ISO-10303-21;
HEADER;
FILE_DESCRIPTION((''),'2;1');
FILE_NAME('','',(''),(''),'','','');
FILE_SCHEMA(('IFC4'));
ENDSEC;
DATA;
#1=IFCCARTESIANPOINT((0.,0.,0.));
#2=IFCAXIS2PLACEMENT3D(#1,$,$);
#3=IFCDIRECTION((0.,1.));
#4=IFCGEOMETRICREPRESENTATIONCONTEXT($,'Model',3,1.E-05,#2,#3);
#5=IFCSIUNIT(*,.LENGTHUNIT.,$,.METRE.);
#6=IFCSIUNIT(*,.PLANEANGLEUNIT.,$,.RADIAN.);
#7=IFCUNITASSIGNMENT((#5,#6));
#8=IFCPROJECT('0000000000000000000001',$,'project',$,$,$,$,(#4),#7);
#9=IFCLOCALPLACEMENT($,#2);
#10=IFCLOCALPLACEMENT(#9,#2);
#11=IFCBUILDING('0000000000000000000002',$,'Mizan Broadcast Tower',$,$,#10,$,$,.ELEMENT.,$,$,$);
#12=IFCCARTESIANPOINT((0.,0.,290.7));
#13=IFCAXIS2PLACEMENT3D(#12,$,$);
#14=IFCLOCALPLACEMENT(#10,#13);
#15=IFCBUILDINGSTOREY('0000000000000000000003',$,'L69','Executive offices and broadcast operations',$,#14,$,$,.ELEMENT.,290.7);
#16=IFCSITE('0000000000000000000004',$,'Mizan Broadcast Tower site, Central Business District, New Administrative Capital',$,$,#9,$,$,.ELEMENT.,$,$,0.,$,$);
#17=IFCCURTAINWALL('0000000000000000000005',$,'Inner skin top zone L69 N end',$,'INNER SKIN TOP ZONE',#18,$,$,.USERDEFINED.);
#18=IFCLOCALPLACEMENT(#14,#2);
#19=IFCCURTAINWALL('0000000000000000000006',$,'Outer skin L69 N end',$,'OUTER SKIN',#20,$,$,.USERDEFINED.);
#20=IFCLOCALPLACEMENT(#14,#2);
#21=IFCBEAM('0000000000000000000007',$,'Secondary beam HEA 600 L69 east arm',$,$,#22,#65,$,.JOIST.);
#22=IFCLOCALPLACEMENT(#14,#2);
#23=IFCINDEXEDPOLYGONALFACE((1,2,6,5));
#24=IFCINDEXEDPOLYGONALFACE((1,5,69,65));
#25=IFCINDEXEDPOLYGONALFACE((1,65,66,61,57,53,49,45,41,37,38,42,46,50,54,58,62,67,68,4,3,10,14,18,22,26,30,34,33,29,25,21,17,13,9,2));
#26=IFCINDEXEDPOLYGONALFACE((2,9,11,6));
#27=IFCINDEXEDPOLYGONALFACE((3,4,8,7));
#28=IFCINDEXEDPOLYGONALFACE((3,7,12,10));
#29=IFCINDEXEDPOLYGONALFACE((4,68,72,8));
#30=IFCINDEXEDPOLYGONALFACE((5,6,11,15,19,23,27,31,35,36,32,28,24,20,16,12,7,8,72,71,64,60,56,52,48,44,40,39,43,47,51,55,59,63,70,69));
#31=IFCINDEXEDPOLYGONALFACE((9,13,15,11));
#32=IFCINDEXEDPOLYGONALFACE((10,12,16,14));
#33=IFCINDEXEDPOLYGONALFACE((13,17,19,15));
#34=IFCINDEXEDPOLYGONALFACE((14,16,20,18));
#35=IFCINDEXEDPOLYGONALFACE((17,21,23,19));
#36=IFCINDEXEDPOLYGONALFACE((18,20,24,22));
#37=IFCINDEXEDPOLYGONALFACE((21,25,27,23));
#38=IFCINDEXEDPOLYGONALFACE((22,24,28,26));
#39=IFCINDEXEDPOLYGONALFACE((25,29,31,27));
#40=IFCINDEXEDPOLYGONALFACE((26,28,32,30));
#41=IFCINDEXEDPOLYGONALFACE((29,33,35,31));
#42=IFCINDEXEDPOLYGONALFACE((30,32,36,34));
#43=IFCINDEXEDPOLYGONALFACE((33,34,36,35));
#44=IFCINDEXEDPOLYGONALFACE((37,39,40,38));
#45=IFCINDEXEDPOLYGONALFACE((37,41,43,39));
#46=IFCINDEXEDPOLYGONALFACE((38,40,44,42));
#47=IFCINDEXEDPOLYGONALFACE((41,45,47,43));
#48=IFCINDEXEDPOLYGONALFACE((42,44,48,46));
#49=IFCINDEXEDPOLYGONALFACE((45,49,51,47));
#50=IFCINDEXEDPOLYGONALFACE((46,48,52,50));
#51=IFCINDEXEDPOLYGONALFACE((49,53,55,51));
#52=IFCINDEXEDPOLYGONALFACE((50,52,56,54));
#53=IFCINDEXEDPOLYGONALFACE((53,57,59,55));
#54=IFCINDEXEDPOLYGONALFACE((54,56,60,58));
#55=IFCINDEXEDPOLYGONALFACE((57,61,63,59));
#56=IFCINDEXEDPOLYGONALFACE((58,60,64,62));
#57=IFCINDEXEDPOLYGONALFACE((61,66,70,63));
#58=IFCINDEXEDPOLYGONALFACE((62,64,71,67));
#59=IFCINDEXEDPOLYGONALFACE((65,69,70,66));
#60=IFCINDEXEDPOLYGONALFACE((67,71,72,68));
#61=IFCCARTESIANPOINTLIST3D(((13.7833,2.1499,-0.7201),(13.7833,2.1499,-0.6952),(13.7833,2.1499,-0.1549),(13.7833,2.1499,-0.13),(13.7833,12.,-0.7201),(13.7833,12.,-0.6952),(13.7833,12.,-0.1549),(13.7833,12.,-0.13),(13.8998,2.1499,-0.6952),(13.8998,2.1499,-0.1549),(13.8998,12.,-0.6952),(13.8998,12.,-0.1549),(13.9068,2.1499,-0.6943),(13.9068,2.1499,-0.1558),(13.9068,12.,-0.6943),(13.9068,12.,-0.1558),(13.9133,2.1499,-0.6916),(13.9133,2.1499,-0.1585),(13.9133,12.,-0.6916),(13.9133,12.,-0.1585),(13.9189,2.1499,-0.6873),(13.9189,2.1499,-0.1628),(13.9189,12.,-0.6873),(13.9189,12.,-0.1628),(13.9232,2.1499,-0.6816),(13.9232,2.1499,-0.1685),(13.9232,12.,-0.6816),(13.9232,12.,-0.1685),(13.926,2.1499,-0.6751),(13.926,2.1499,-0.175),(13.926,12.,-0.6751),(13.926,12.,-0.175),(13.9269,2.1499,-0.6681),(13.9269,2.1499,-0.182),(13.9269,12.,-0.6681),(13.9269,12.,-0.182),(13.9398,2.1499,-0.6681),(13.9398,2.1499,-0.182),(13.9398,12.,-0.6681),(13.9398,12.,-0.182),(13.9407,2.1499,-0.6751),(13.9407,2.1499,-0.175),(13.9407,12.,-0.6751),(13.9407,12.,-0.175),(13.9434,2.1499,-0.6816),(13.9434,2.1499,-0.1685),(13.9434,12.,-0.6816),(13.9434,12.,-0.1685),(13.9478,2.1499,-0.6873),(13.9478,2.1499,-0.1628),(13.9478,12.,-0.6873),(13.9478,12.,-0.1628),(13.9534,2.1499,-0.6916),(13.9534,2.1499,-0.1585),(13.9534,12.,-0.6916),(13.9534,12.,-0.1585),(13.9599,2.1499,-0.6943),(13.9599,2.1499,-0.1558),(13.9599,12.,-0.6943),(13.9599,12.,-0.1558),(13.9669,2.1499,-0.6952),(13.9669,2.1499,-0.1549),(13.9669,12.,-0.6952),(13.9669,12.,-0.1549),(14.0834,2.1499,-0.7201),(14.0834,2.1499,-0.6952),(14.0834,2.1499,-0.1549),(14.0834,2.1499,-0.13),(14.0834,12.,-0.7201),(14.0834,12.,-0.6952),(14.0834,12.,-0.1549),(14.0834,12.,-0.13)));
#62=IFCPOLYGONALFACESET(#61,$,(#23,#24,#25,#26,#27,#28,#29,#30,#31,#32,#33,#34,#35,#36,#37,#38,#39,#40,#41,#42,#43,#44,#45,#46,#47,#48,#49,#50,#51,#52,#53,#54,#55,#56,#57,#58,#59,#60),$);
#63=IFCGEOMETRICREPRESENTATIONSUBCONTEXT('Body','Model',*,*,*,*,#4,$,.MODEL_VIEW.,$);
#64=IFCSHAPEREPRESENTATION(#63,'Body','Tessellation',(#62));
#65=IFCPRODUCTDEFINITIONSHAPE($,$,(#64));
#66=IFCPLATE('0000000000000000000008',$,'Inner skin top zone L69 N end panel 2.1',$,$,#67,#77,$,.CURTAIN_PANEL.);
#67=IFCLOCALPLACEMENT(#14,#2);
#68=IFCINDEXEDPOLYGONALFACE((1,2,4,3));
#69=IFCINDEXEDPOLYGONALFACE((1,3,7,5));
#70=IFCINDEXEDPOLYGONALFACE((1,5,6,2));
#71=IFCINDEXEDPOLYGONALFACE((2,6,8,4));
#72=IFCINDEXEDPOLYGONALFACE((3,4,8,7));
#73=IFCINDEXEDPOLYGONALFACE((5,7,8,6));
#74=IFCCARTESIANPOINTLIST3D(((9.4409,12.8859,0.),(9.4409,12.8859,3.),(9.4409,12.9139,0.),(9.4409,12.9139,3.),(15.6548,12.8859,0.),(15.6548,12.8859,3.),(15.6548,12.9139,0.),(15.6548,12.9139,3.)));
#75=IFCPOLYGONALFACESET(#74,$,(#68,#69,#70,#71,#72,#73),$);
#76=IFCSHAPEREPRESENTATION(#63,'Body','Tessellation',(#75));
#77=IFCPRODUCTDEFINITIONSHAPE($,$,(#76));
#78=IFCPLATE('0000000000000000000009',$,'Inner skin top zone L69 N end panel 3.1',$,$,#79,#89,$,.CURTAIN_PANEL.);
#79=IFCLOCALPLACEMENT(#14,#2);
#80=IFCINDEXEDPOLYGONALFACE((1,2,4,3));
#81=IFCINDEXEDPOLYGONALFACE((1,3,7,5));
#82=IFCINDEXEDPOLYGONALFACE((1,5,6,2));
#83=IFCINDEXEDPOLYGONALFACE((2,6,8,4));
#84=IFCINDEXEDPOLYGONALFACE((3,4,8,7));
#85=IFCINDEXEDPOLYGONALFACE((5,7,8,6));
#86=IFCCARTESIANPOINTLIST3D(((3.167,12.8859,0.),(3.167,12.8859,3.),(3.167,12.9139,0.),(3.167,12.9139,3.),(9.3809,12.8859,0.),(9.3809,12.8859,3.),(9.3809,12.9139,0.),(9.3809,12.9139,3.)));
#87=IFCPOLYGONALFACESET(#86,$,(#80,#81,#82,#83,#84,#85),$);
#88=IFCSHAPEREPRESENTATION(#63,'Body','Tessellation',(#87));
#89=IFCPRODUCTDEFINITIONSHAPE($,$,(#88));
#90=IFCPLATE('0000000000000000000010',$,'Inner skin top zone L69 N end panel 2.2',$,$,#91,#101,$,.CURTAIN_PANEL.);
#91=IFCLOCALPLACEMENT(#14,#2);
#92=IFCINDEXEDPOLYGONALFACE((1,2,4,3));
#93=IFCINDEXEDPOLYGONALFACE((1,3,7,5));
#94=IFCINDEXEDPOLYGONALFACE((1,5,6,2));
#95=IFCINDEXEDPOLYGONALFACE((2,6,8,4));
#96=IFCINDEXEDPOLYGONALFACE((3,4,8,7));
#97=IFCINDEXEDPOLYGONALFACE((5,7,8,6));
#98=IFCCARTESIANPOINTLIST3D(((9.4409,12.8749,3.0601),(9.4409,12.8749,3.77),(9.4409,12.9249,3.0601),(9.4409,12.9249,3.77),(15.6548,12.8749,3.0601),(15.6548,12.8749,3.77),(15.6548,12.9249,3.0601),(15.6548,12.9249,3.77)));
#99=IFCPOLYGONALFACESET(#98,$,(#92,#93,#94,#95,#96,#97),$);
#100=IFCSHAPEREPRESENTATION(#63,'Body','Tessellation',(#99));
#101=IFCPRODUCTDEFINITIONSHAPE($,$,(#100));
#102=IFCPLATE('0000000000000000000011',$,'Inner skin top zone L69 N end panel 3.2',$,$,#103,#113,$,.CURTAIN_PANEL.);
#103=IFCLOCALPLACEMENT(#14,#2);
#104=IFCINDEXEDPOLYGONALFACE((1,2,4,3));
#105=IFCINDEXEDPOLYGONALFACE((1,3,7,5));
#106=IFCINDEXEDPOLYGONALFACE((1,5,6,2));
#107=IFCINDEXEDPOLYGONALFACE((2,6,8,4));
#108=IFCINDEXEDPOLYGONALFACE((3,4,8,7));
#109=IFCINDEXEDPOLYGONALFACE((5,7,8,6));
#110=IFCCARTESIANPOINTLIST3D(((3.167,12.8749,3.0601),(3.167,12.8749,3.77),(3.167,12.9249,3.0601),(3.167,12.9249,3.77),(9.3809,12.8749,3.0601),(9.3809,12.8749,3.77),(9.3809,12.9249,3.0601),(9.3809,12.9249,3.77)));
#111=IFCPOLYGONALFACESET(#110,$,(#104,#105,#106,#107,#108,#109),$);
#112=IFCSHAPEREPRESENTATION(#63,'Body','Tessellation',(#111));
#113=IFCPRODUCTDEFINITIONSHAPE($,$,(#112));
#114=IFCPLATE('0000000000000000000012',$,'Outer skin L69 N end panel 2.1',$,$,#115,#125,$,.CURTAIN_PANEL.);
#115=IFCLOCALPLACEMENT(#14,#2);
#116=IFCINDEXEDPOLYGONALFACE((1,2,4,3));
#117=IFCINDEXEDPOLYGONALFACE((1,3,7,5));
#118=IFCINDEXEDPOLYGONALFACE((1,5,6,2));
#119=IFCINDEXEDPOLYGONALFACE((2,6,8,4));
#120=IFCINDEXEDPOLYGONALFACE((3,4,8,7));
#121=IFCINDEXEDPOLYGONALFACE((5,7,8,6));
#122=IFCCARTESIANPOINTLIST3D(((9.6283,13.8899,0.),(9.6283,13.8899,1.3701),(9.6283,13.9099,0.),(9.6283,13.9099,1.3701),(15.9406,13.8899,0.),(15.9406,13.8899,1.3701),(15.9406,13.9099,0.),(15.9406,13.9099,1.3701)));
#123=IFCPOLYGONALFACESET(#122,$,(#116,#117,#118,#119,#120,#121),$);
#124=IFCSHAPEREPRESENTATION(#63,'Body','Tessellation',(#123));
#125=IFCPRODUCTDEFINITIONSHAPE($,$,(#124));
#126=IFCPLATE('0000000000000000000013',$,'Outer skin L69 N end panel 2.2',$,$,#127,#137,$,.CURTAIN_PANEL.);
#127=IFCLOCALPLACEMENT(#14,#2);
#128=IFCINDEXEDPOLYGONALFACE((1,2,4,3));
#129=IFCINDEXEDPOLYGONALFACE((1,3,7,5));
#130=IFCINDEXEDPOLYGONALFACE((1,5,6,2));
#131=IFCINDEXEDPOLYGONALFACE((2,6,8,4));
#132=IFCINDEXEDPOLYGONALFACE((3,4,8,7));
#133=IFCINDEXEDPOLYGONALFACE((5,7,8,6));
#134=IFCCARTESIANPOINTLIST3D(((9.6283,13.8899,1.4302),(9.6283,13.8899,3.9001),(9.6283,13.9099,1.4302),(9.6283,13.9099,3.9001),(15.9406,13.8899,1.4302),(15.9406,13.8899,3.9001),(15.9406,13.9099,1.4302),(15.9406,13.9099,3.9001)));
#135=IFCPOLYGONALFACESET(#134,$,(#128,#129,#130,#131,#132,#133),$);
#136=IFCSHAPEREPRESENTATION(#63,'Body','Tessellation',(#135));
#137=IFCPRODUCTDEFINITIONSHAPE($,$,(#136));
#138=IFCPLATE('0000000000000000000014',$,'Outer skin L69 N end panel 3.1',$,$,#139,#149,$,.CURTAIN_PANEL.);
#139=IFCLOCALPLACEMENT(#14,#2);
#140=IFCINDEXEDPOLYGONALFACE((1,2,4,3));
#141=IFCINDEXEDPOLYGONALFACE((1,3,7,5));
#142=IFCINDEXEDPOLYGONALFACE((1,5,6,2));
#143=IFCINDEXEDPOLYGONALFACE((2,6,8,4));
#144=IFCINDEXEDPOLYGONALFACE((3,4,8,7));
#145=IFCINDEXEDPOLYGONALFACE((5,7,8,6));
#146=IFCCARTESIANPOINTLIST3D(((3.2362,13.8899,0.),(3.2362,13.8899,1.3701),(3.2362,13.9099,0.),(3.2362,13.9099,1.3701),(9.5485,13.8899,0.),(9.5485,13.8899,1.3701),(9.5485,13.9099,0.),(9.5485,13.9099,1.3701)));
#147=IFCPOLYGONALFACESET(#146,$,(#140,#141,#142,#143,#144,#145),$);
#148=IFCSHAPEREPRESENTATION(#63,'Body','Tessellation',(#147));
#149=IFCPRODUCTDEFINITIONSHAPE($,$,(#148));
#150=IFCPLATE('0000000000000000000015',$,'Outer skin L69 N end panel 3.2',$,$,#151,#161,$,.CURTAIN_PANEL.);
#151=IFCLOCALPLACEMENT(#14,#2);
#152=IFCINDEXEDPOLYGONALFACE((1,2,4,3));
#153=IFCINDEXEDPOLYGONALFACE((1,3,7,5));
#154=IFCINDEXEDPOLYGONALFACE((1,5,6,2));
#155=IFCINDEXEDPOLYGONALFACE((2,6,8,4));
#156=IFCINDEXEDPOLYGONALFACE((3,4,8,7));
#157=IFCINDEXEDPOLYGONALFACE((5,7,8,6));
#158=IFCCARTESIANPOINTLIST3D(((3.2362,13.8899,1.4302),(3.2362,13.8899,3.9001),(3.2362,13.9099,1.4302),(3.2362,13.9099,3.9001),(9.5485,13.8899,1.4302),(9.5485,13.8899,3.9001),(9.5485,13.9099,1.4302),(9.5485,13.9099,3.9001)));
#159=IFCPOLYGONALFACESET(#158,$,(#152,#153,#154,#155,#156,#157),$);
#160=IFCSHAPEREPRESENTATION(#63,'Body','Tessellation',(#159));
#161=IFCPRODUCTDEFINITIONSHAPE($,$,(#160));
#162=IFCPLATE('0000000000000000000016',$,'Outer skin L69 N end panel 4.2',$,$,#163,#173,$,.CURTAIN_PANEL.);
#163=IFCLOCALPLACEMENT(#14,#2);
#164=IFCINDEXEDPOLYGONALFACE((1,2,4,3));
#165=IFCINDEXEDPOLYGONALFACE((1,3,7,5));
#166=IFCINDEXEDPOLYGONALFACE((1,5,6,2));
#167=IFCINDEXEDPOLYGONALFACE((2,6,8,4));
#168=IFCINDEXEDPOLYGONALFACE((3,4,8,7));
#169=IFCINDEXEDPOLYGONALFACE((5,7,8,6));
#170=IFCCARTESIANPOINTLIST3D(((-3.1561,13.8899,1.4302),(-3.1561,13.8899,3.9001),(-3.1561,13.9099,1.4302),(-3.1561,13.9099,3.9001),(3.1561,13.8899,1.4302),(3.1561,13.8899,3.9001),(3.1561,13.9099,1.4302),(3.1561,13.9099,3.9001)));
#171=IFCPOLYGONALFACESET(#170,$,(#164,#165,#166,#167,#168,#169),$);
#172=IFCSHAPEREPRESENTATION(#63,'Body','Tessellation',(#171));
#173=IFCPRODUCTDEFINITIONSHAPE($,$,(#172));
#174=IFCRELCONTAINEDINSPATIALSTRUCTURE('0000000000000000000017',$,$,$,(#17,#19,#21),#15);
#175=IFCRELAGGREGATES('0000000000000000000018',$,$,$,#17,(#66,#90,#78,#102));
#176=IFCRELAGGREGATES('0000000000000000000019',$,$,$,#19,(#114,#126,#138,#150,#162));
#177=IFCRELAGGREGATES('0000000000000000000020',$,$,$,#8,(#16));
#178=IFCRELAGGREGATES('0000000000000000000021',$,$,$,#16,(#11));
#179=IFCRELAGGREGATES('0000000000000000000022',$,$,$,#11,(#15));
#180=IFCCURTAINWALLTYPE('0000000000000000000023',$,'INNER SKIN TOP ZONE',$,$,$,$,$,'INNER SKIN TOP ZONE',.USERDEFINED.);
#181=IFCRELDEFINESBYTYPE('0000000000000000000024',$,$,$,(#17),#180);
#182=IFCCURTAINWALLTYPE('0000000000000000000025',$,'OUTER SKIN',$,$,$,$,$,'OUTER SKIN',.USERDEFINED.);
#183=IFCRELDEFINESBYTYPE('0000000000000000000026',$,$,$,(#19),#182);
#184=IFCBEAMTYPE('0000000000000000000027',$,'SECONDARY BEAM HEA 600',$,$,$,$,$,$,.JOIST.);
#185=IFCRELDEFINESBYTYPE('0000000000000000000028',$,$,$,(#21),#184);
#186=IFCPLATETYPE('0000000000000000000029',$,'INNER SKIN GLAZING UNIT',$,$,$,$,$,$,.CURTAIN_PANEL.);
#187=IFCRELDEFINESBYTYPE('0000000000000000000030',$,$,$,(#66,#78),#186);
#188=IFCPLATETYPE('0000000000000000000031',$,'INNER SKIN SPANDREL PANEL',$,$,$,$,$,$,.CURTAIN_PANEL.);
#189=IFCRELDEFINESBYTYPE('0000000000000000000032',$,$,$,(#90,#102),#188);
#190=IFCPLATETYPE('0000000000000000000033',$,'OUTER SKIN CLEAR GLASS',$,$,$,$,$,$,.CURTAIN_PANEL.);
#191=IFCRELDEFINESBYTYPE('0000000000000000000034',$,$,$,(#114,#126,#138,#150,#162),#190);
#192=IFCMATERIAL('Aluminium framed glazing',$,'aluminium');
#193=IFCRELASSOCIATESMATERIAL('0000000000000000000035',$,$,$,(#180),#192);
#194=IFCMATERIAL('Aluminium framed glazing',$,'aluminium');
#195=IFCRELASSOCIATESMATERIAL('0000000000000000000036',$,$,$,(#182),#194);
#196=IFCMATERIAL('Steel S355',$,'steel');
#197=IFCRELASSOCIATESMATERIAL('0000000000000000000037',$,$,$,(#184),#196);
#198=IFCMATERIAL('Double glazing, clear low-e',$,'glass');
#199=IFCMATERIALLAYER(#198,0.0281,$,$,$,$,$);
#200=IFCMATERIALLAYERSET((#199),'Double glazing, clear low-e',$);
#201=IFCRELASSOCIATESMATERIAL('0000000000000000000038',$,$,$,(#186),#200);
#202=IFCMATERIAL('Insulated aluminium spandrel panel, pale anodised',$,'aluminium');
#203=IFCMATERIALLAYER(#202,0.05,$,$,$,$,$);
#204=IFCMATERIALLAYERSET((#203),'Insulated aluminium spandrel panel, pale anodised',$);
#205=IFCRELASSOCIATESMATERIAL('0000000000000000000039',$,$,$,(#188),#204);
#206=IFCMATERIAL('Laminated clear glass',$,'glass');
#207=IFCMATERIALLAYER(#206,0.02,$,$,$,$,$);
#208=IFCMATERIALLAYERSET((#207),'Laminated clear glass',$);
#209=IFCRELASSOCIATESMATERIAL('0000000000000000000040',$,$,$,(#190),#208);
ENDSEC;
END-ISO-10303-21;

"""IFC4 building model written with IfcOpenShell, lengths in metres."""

from ifc_helpers import new_model, si_unit, direction, frame, origin, origin_2d, place, context, subcontext, project, spatial, rectangle, i_section, extrude, material, layer, layer_set, material_profile, profile_set, type_object, element, aggregate, save


model = new_model("IFC4")

# Units and contexts
model_context = context("Model", 3, precision=1e-05, world=origin(), true_north=direction((0.0, 1.0)))
body_context = subcontext(model_context, "Body", "Model", "MODEL_VIEW")
ifc_project = project(units=[si_unit("LENGTHUNIT", "METRE"), si_unit("PLANEANGLEUNIT", "RADIAN")], contexts=[model_context])

# Site, building, storey
site_placement = place(None, origin())
site = spatial("IfcSite", under=ifc_project, at=site_placement, Name="Mizan Broadcast Tower site, Central Business District, New Administrative Capital", CompositionType="ELEMENT", RefElevation=0.0)
building_placement = place(site_placement, origin())
building = spatial("IfcBuilding", under=site, at=building_placement, Name="Mizan Broadcast Tower", CompositionType="ELEMENT")
storey_placement = place(building_placement, frame((0.0, 0.0, 290.7)))
storey = spatial("IfcBuildingStorey", under=building, at=storey_placement, Name="L69", Description="Executive offices and broadcast operations", CompositionType="ELEMENT", Elevation=290.7)

# Curtain walls
ifc_material_1 = material(Name="Aluminium framed glazing", Category="aluminium")
curtain_wall_type_1 = type_object("IfcCurtainWallType", Name="INNER SKIN TOP ZONE", ElementType="INNER SKIN TOP ZONE", PredefinedType="USERDEFINED", material=ifc_material_1)
curtain_wall_1_placement = place(storey_placement, origin())
curtain_wall_1 = element("IfcCurtainWall", 1, at=curtain_wall_1_placement, inside=storey, type_object=curtain_wall_type_1, Name="Inner skin top zone L69 N end", ObjectType="INNER SKIN TOP ZONE", PredefinedType="USERDEFINED")
ifc_material_2 = material(Name="Aluminium framed glazing", Category="aluminium")
curtain_wall_type_2 = type_object("IfcCurtainWallType", Name="OUTER SKIN", ElementType="OUTER SKIN", PredefinedType="USERDEFINED", material=ifc_material_2)
curtain_wall_2_placement = place(storey_placement, origin())
curtain_wall_2 = element("IfcCurtainWall", 2, at=curtain_wall_2_placement, inside=storey, type_object=curtain_wall_type_2, Name="Outer skin L69 N end", ObjectType="OUTER SKIN", PredefinedType="USERDEFINED")

# Beam
ifc_material_3 = material(Name="Steel S355", Category="steel")
ifc_material_profile_1 = material_profile(ifc_material_3, i_section(OverallWidth=0.3, OverallDepth=0.5901, WebThickness=0.0129, FlangeThickness=0.0249, FilletRadius=0.0271, at=origin_2d()), Name="HEA 600")
ifc_profile_set_1 = profile_set([ifc_material_profile_1], Name="Steel S355")
beam_type_1 = type_object("IfcBeamType", Name="SECONDARY BEAM HEA 600", PredefinedType="JOIST", material=ifc_profile_set_1)
beam_1_placement = place(storey_placement, frame((13.9333, 12.0, -0.425), z_axis=(0.0, -1.0, 0.0), x_axis=(1.0, 0.0, 0.0)))
element("IfcBeam", 3, at=beam_1_placement, inside=storey, type_object=beam_type_1, Name="Secondary beam HEA 600 L69 east arm", PredefinedType="JOIST", context=body_context, shape_type="SweptSolid", body=[
    extrude(i_section(OverallWidth=0.3, OverallDepth=0.5901, WebThickness=0.0129, FlangeThickness=0.0249, FilletRadius=0.0271, at=origin_2d()), origin(), (0.0, 0.0, 1.0), 9.8501),
])

# Plates
ifc_material_4 = material(Name="Double glazing, clear low-e", Category="glass")
ifc_layer_1 = layer(ifc_material_4, 0.0281)
ifc_layer_set_1 = layer_set([ifc_layer_1], Name="Double glazing, clear low-e")
plate_type_1 = type_object("IfcPlateType", Name="INNER SKIN GLAZING UNIT", PredefinedType="CURTAIN_PANEL", material=ifc_layer_set_1)
plate_1_placement = place(storey_placement, frame((12.5479, 12.8999, 0.0), z_axis=(0.0, 0.0, 1.0), x_axis=(-1.0, 0.0, 0.0)))
plate_1 = element("IfcPlate", 4, at=plate_1_placement, type_object=plate_type_1, Name="Inner skin top zone L69 N end panel 2.1", PredefinedType="CURTAIN_PANEL", context=body_context, shape_type="SweptSolid", body=[
    extrude(rectangle(XDim=6.2139, YDim=0.0281, at=origin_2d()), origin(), (0.0, 0.0, 1.0), 3.0),
])
plate_2_placement = place(storey_placement, frame((6.2739, 12.8999, 0.0), z_axis=(0.0, 0.0, 1.0), x_axis=(-1.0, 0.0, 0.0)))
plate_2 = element("IfcPlate", 5, at=plate_2_placement, type_object=plate_type_1, Name="Inner skin top zone L69 N end panel 3.1", PredefinedType="CURTAIN_PANEL", context=body_context, shape_type="SweptSolid", body=[
    extrude(rectangle(XDim=6.2139, YDim=0.0281, at=origin_2d()), origin(), (0.0, 0.0, 1.0), 3.0),
])
ifc_material_5 = material(Name="Insulated aluminium spandrel panel, pale anodised", Category="aluminium")
ifc_layer_2 = layer(ifc_material_5, 0.05)
ifc_layer_set_2 = layer_set([ifc_layer_2], Name="Insulated aluminium spandrel panel, pale anodised")
plate_type_2 = type_object("IfcPlateType", Name="INNER SKIN SPANDREL PANEL", PredefinedType="CURTAIN_PANEL", material=ifc_layer_set_2)
plate_3_placement = place(storey_placement, frame((12.5479, 12.8999, 3.0601), z_axis=(0.0, 0.0, 1.0), x_axis=(-1.0, 0.0, 0.0)))
plate_3 = element("IfcPlate", 6, at=plate_3_placement, type_object=plate_type_2, Name="Inner skin top zone L69 N end panel 2.2", PredefinedType="CURTAIN_PANEL", context=body_context, shape_type="SweptSolid", body=[
    extrude(rectangle(XDim=6.2139, YDim=0.05, at=origin_2d()), origin(), (0.0, 0.0, 1.0), 0.71),
])
plate_4_placement = place(storey_placement, frame((6.2739, 12.8999, 3.0601), z_axis=(0.0, 0.0, 1.0), x_axis=(-1.0, 0.0, 0.0)))
plate_4 = element("IfcPlate", 7, at=plate_4_placement, type_object=plate_type_2, Name="Inner skin top zone L69 N end panel 3.2", PredefinedType="CURTAIN_PANEL", context=body_context, shape_type="SweptSolid", body=[
    extrude(rectangle(XDim=6.2139, YDim=0.05, at=origin_2d()), origin(), (0.0, 0.0, 1.0), 0.71),
])
aggregate(curtain_wall_1, [plate_1, plate_3, plate_2, plate_4])
ifc_material_6 = material(Name="Laminated clear glass", Category="glass")
ifc_layer_3 = layer(ifc_material_6, 0.02)
ifc_layer_set_3 = layer_set([ifc_layer_3], Name="Laminated clear glass")
plate_type_3 = type_object("IfcPlateType", Name="OUTER SKIN CLEAR GLASS", PredefinedType="CURTAIN_PANEL", material=ifc_layer_set_3)
plate_5_placement = place(storey_placement, frame((12.7844, 13.8999, 0.0), z_axis=(0.0, 0.0, 1.0), x_axis=(-1.0, 0.0, 0.0)))
plate_5 = element("IfcPlate", 8, at=plate_5_placement, type_object=plate_type_3, Name="Outer skin L69 N end panel 2.1", PredefinedType="CURTAIN_PANEL", context=body_context, shape_type="SweptSolid", body=[
    extrude(rectangle(XDim=6.3123, YDim=0.02, at=origin_2d()), origin(), (0.0, 0.0, 1.0), 1.3701),
])
plate_6_placement = place(storey_placement, frame((12.7844, 13.8999, 1.4302), z_axis=(0.0, 0.0, 1.0), x_axis=(-1.0, 0.0, 0.0)))
plate_6 = element("IfcPlate", 9, at=plate_6_placement, type_object=plate_type_3, Name="Outer skin L69 N end panel 2.2", PredefinedType="CURTAIN_PANEL", context=body_context, shape_type="SweptSolid", body=[
    extrude(rectangle(XDim=6.3123, YDim=0.02, at=origin_2d()), origin(), (0.0, 0.0, 1.0), 2.47),
])
plate_7_placement = place(storey_placement, frame((6.3923, 13.8999, 0.0), z_axis=(0.0, 0.0, 1.0), x_axis=(-1.0, 0.0, 0.0)))
plate_7 = element("IfcPlate", 10, at=plate_7_placement, type_object=plate_type_3, Name="Outer skin L69 N end panel 3.1", PredefinedType="CURTAIN_PANEL", context=body_context, shape_type="SweptSolid", body=[
    extrude(rectangle(XDim=6.3123, YDim=0.02, at=origin_2d()), origin(), (0.0, 0.0, 1.0), 1.3701),
])
plate_8_placement = place(storey_placement, frame((6.3923, 13.8999, 1.4302), z_axis=(0.0, 0.0, 1.0), x_axis=(-1.0, 0.0, 0.0)))
plate_8 = element("IfcPlate", 11, at=plate_8_placement, type_object=plate_type_3, Name="Outer skin L69 N end panel 3.2", PredefinedType="CURTAIN_PANEL", context=body_context, shape_type="SweptSolid", body=[
    extrude(rectangle(XDim=6.3123, YDim=0.02, at=origin_2d()), origin(), (0.0, 0.0, 1.0), 2.47),
])
plate_9_placement = place(storey_placement, frame((0.0, 13.8999, 1.4302), z_axis=(0.0, 0.0, 1.0), x_axis=(-1.0, 0.0, 0.0)))
plate_9 = element("IfcPlate", 12, at=plate_9_placement, type_object=plate_type_3, Name="Outer skin L69 N end panel 4.2", PredefinedType="CURTAIN_PANEL", context=body_context, shape_type="SweptSolid", body=[
    extrude(rectangle(XDim=6.3123, YDim=0.02, at=origin_2d()), origin(), (0.0, 0.0, 1.0), 2.47),
])
aggregate(curtain_wall_2, [plate_5, plate_6, plate_7, plate_8, plate_9])

save(model, "model.ifc")
